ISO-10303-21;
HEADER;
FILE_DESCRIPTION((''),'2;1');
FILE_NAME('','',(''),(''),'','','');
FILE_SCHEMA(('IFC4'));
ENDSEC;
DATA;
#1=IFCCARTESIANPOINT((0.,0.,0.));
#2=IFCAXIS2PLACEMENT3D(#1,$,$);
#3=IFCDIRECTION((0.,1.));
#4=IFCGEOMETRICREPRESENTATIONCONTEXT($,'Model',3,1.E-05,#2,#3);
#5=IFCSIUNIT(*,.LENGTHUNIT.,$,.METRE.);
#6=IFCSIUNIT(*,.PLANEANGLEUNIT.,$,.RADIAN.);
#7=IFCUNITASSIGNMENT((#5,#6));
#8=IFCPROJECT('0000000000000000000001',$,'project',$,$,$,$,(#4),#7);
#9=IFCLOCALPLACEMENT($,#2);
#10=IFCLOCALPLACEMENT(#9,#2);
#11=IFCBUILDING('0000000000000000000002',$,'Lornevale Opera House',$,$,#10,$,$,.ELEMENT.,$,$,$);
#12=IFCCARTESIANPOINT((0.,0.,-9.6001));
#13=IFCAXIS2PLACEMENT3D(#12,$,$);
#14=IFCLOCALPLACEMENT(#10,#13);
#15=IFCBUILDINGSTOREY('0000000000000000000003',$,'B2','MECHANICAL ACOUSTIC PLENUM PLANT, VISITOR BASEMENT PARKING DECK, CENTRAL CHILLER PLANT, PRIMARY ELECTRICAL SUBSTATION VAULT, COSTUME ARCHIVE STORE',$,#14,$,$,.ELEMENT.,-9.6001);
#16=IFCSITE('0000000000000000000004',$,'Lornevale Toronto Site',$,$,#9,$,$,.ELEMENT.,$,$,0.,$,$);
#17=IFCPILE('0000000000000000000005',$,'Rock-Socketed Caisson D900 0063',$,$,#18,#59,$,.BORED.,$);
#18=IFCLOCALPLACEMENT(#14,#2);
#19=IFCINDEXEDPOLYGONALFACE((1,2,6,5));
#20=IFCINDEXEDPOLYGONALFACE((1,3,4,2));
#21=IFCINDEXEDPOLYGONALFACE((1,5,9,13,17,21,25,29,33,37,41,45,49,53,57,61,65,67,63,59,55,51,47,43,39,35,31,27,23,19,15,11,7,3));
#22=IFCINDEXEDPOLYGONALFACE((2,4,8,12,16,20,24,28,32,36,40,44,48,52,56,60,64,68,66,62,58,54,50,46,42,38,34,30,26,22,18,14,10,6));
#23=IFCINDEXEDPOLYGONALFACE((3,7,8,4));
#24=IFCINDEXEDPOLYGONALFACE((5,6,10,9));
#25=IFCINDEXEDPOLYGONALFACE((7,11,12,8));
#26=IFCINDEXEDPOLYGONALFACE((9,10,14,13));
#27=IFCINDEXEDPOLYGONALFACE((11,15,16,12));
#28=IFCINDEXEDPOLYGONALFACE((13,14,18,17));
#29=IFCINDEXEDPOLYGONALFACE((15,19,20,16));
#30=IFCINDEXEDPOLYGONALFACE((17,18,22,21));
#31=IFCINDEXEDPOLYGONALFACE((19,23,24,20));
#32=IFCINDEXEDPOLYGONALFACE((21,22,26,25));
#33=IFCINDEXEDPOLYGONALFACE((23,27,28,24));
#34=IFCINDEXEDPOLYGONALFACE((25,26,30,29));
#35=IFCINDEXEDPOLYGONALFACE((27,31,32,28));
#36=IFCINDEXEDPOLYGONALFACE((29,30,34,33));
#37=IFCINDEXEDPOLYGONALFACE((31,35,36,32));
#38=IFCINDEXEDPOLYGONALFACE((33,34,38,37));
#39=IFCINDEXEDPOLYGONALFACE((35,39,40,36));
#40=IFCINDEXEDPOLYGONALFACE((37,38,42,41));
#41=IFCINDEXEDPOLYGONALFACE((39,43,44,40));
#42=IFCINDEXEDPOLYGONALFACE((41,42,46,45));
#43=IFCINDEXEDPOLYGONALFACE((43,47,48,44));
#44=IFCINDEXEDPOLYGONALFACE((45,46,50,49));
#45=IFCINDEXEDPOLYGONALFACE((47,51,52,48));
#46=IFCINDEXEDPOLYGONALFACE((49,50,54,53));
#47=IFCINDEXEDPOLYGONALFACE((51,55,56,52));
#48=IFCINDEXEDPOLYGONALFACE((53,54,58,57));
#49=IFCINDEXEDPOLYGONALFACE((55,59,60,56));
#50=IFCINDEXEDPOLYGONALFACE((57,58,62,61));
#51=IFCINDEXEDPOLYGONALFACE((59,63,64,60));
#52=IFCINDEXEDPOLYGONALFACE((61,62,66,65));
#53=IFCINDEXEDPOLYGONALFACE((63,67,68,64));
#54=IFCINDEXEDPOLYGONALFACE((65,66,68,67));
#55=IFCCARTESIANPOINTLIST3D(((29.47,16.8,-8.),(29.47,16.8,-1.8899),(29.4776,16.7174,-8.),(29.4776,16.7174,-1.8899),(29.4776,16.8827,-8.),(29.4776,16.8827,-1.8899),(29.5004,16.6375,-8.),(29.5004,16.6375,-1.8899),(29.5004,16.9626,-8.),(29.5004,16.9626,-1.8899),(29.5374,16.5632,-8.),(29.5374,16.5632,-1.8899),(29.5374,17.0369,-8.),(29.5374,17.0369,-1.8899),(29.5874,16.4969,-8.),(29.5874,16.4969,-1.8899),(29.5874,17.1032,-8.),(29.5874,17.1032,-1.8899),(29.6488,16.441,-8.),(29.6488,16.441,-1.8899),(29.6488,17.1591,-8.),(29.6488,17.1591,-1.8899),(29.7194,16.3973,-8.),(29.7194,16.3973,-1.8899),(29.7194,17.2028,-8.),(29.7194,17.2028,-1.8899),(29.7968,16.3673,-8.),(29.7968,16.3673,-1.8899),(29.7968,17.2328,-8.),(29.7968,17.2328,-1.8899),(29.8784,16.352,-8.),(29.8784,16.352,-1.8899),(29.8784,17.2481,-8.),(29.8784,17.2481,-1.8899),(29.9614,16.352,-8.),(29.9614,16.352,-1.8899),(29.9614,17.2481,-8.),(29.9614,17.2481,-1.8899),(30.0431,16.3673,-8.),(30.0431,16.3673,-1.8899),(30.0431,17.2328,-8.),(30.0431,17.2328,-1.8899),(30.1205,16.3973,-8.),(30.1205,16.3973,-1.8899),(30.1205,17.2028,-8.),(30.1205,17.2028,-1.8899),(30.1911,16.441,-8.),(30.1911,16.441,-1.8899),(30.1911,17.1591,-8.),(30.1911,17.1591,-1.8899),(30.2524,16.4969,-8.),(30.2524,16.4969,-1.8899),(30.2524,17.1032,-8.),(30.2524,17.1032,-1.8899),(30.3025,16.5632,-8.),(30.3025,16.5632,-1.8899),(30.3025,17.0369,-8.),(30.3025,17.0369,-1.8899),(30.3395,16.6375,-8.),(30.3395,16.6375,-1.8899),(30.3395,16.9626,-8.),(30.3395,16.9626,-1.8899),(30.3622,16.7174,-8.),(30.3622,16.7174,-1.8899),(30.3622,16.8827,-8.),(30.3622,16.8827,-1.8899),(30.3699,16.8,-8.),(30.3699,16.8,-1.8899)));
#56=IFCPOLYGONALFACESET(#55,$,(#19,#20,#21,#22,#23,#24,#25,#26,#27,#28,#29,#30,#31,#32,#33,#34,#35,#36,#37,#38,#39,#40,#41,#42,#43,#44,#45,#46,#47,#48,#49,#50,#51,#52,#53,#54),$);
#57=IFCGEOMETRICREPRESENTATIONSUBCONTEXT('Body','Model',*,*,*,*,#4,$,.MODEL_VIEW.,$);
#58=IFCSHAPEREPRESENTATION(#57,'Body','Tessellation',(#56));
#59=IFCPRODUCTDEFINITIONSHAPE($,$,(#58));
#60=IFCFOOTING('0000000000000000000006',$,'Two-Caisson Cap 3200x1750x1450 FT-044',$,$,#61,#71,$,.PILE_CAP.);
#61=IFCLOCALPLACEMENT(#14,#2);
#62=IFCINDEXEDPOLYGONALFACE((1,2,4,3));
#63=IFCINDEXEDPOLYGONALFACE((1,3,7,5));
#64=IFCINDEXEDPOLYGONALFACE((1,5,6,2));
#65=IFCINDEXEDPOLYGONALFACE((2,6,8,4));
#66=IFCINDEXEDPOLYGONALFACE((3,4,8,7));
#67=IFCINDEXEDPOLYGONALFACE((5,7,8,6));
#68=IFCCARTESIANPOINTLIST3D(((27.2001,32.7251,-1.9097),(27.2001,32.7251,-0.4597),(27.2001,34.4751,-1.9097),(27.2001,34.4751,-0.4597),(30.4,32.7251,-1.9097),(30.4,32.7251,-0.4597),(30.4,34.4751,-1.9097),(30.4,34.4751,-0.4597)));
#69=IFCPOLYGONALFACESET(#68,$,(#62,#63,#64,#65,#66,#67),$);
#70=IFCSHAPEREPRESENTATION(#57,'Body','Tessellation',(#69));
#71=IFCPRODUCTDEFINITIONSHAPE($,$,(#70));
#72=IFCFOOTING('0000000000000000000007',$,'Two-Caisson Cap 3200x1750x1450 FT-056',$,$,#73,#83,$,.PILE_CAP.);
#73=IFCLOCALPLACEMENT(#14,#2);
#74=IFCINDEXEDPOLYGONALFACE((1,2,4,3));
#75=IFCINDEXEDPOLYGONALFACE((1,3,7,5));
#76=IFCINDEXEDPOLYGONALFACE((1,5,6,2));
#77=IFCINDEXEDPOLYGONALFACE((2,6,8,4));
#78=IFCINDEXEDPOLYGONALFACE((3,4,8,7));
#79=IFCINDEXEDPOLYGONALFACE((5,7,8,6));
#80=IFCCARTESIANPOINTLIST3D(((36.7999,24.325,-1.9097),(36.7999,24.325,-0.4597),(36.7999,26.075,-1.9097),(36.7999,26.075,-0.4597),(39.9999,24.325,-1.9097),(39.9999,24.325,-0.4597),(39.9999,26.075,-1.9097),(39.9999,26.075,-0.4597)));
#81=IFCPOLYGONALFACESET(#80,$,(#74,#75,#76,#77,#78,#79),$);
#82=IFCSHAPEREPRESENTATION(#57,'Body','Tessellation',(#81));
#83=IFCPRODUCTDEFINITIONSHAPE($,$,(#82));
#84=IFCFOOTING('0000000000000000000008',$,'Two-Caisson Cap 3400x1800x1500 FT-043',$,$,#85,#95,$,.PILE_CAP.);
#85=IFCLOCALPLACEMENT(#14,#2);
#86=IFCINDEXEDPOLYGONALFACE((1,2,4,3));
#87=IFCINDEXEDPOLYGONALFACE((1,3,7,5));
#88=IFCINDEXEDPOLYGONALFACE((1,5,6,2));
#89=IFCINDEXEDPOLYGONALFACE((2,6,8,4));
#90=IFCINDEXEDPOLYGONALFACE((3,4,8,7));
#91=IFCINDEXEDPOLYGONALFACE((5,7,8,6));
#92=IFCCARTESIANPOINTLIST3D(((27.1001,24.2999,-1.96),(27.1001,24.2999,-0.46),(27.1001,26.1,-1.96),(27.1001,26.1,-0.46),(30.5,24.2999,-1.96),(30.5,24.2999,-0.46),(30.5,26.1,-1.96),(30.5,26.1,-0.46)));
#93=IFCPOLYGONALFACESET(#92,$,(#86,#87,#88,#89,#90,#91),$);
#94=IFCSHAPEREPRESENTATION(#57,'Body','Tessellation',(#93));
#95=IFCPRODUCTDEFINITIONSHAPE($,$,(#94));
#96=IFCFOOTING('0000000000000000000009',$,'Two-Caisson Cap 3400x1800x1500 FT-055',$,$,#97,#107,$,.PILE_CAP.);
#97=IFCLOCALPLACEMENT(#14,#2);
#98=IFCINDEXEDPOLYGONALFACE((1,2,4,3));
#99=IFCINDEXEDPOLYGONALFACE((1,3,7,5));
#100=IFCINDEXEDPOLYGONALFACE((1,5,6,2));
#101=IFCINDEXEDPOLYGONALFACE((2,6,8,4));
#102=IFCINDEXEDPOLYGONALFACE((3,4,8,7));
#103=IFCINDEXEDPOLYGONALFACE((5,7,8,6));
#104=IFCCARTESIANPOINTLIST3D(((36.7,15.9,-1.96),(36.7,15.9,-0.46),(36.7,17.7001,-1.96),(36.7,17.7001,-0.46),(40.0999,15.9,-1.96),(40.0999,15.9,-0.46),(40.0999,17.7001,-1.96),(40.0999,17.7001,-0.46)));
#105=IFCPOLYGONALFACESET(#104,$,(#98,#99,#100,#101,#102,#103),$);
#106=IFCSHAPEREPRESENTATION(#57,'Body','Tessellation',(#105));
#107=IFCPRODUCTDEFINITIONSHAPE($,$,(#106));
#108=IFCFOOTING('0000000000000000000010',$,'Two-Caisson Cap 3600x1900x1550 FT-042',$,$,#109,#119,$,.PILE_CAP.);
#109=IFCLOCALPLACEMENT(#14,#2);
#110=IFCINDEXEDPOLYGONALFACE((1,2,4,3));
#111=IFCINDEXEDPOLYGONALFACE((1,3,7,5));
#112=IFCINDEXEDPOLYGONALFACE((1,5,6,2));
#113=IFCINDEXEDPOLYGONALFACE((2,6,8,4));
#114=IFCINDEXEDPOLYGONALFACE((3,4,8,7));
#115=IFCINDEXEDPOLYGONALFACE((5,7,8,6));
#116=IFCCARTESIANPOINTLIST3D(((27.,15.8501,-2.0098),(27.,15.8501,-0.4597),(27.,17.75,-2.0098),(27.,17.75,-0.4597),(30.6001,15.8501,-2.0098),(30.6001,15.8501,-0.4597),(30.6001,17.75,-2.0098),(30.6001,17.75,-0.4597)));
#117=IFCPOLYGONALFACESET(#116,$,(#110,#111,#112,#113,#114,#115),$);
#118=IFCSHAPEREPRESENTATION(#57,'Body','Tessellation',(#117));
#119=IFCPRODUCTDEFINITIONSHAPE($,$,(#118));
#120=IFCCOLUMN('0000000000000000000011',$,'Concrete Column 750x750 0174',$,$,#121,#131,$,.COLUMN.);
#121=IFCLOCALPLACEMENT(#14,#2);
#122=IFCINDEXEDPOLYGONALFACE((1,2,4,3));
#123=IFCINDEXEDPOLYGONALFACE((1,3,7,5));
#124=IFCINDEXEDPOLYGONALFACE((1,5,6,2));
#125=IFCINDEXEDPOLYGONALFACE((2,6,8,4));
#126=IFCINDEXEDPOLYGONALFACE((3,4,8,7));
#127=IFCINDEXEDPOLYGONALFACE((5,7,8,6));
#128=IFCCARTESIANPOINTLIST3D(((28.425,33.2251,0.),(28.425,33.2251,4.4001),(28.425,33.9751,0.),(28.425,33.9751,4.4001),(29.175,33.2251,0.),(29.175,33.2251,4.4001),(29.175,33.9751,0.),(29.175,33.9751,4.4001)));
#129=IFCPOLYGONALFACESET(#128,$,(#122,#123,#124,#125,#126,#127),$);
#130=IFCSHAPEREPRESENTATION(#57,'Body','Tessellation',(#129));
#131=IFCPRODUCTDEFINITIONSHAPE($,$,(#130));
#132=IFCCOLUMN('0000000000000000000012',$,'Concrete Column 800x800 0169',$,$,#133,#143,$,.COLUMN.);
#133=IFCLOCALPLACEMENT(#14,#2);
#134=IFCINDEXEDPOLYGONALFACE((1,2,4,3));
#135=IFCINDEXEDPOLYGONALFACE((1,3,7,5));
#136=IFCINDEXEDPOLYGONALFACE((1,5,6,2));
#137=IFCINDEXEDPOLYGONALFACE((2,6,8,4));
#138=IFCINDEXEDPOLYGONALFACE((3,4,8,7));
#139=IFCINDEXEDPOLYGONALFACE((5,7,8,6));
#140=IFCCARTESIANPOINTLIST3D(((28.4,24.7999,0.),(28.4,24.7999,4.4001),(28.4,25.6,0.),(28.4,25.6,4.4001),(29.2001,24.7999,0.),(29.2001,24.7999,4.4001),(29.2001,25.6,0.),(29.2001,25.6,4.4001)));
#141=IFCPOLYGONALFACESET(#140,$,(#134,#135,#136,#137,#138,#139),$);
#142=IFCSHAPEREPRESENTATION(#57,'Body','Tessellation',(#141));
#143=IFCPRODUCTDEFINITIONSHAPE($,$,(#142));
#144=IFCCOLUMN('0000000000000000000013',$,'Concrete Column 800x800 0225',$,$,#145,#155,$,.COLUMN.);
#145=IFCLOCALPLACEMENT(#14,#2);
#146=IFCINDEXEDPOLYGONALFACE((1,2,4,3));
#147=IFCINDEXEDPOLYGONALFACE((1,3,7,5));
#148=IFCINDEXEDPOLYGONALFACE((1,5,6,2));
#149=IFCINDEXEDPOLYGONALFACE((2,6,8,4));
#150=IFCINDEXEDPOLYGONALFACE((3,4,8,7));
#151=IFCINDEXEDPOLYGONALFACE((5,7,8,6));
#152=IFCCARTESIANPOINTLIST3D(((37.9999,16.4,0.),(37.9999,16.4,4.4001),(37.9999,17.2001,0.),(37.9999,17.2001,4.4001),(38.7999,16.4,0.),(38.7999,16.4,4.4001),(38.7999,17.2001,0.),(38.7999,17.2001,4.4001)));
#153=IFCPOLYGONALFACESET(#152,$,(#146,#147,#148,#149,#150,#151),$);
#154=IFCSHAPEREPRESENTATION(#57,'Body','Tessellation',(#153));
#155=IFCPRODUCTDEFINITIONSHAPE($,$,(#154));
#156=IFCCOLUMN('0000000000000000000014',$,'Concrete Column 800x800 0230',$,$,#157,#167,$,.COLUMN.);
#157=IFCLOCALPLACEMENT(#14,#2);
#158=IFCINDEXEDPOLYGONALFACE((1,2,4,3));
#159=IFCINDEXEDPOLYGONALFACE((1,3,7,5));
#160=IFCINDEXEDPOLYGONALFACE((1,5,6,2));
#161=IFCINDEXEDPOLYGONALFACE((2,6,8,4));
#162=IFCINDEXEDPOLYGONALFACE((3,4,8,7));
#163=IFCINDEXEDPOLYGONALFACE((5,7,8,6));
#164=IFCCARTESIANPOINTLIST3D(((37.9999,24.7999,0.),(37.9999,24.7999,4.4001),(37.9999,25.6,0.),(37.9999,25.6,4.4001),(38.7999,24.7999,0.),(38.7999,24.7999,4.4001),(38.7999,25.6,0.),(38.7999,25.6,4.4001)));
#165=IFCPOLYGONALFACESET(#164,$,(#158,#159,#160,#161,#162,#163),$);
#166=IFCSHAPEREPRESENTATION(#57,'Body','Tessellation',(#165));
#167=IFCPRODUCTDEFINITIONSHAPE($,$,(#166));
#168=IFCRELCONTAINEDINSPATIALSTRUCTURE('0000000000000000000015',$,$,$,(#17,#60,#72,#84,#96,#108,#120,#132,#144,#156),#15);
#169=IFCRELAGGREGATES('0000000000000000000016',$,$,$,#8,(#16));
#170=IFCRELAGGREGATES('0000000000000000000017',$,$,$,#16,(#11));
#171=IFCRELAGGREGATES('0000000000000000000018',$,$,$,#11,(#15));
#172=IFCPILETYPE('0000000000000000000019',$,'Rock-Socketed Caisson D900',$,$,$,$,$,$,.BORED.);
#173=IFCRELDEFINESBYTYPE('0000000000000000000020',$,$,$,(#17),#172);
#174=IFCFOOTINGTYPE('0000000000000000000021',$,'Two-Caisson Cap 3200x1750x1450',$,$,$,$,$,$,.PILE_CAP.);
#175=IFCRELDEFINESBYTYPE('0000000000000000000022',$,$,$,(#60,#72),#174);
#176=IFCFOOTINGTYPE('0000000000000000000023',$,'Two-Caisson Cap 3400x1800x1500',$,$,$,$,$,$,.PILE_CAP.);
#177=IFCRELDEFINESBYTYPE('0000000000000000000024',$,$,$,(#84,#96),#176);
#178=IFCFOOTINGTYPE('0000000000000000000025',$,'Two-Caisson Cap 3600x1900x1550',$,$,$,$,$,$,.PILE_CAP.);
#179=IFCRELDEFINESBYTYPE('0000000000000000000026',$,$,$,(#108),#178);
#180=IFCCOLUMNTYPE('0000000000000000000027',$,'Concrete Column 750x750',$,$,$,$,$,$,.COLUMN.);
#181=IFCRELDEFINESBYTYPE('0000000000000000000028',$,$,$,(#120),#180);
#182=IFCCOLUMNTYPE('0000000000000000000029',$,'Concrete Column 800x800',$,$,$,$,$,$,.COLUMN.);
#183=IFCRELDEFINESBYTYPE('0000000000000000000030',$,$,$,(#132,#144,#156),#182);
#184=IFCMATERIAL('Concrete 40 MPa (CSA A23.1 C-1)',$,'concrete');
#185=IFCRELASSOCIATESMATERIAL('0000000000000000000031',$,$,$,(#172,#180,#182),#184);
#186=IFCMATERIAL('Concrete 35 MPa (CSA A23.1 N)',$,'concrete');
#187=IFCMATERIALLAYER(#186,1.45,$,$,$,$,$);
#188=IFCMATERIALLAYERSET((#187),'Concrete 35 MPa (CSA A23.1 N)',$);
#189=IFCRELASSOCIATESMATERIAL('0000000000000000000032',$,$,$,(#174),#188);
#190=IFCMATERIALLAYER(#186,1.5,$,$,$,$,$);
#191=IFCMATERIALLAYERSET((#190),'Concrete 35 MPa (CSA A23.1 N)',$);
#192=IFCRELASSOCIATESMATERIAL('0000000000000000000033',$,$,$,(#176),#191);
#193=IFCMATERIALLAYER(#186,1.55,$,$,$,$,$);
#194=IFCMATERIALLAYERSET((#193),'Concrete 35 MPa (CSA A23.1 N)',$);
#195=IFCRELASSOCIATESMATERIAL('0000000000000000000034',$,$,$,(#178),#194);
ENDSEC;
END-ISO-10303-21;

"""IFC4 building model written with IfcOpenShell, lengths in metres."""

from ifc_helpers import new_model, si_unit, direction, frame, origin, origin_2d, place, context, subcontext, project, spatial, rectangle, circle, extrude, material, layer, layer_set, material_profile, profile_set, type_object, element, save


model = new_model("IFC4")

# Units and contexts
model_context = context("Model", 3, precision=1e-05, world=origin(), true_north=direction((0.0, 1.0)))
body_context = subcontext(model_context, "Body", "Model", "MODEL_VIEW")
ifc_project = project(units=[si_unit("LENGTHUNIT", "METRE"), si_unit("PLANEANGLEUNIT", "RADIAN")], contexts=[model_context])

# Site, building, storey
site_placement = place(None, origin())
site = spatial("IfcSite", under=ifc_project, at=site_placement, Name="Lornevale Toronto Site", CompositionType="ELEMENT", RefElevation=0.0)
building_placement = place(site_placement, origin())
building = spatial("IfcBuilding", under=site, at=building_placement, Name="Lornevale Opera House", CompositionType="ELEMENT")
storey_placement = place(building_placement, frame((0.0, 0.0, -9.6001)))
storey = spatial("IfcBuildingStorey", under=building, at=storey_placement, Name="B2", Description="MECHANICAL ACOUSTIC PLENUM PLANT, VISITOR BASEMENT PARKING DECK, CENTRAL CHILLER PLANT, PRIMARY ELECTRICAL SUBSTATION VAULT, COSTUME ARCHIVE STORE", CompositionType="ELEMENT", Elevation=-9.6001)

# Shared definitions
ifc_material_1 = material(Name="Concrete 35 MPa (CSA A23.1 N)", Category="concrete")

# Pile
ifc_material_2 = material(Name="Concrete 40 MPa (CSA A23.1 C-1)", Category="concrete")
ifc_material_profile_1 = material_profile(ifc_material_2, circle(Radius=0.45, at=origin_2d()), Name="CAIS900")
ifc_profile_set_1 = profile_set([ifc_material_profile_1], Name="Concrete 40 MPa (CSA A23.1 C-1)")
pile_type_1 = type_object("IfcPileType", Name="Rock-Socketed Caisson D900", PredefinedType="BORED", material=ifc_profile_set_1)
pile_placement = place(storey_placement, frame((29.9199, 16.8, -1.8899), z_axis=(0.0, 0.0, -1.0), x_axis=(1.0, 0.0, 0.0)))
element("IfcPile", 1, at=pile_placement, inside=storey, type_object=pile_type_1, Name="Rock-Socketed Caisson D900 0063", PredefinedType="BORED", context=body_context, shape_type="SweptSolid", body=[
    extrude(circle(Radius=0.45, at=origin_2d()), origin(), (0.0, 0.0, 1.0), 6.1101),
])

# Footings
ifc_layer_1 = layer(ifc_material_1, 1.45)
ifc_layer_set_1 = layer_set([ifc_layer_1], Name="Concrete 35 MPa (CSA A23.1 N)")
footing_type_1 = type_object("IfcFootingType", Name="Two-Caisson Cap 3200x1750x1450", PredefinedType="PILE_CAP", material=ifc_layer_set_1)
for number, where, z_axis, x_axis, name in (
    (2, (28.8, 33.6001, -1.9097), (0.0, 0.0, 1.0), (1.0, 0.0, 0.0), "Two-Caisson Cap 3200x1750x1450 FT-044"),
    (3, (38.3999, 25.2, -1.9097), (0.0, 0.0, 1.0), (1.0, 0.0, 0.0), "Two-Caisson Cap 3200x1750x1450 FT-056"),
):
    element("IfcFooting", number, at=place(storey_placement, frame(where, z_axis=z_axis, x_axis=x_axis)), inside=storey, type_object=footing_type_1, Name=name, PredefinedType="PILE_CAP", context=body_context, shape_type="SweptSolid", body=[
        extrude(rectangle(XDim=3.2, YDim=1.75, at=origin_2d()), origin(), (0.0, 0.0, 1.0), 1.45),
    ])
ifc_layer_2 = layer(ifc_material_1, 1.5)
ifc_layer_set_2 = layer_set([ifc_layer_2], Name="Concrete 35 MPa (CSA A23.1 N)")
footing_type_2 = type_object("IfcFootingType", Name="Two-Caisson Cap 3400x1800x1500", PredefinedType="PILE_CAP", material=ifc_layer_set_2)
for number, where, z_axis, x_axis, name in (
    (4, (28.8, 25.2, -1.96), (0.0, 0.0, 1.0), (1.0, 0.0, 0.0), "Two-Caisson Cap 3400x1800x1500 FT-043"),
    (5, (38.3999, 16.8, -1.96), (0.0, 0.0, 1.0), (1.0, 0.0, 0.0), "Two-Caisson Cap 3400x1800x1500 FT-055"),
):
    element("IfcFooting", number, at=place(storey_placement, frame(where, z_axis=z_axis, x_axis=x_axis)), inside=storey, type_object=footing_type_2, Name=name, PredefinedType="PILE_CAP", context=body_context, shape_type="SweptSolid", body=[
        extrude(rectangle(XDim=3.3999, YDim=1.8, at=origin_2d()), origin(), (0.0, 0.0, 1.0), 1.5),
    ])
ifc_layer_3 = layer(ifc_material_1, 1.55)
ifc_layer_set_3 = layer_set([ifc_layer_3], Name="Concrete 35 MPa (CSA A23.1 N)")
footing_type_3 = type_object("IfcFootingType", Name="Two-Caisson Cap 3600x1900x1550", PredefinedType="PILE_CAP", material=ifc_layer_set_3)
footing_1_placement = place(storey_placement, frame((28.8, 16.8, -2.0098), z_axis=(0.0, 0.0, 1.0), x_axis=(1.0, 0.0, 0.0)))
element("IfcFooting", 6, at=footing_1_placement, inside=storey, type_object=footing_type_3, Name="Two-Caisson Cap 3600x1900x1550 FT-042", PredefinedType="PILE_CAP", context=body_context, shape_type="SweptSolid", body=[
    extrude(rectangle(XDim=3.6001, YDim=1.8999, at=origin_2d()), origin(), (0.0, 0.0, 1.0), 1.55),
])

# Columns
ifc_material_profile_2 = material_profile(ifc_material_2, rectangle(XDim=0.75, YDim=0.75, at=origin_2d()), Name="RC750x750")
ifc_profile_set_2 = profile_set([ifc_material_profile_2], Name="Concrete 40 MPa (CSA A23.1 C-1)")
column_type_1 = type_object("IfcColumnType", Name="Concrete Column 750x750", PredefinedType="COLUMN", material=ifc_profile_set_2)
column_placement = place(storey_placement, frame((28.8, 33.6001, 0.0), z_axis=(0.0, 0.0, 1.0), x_axis=(1.0, 0.0, 0.0)))
element("IfcColumn", 7, at=column_placement, inside=storey, type_object=column_type_1, Name="Concrete Column 750x750 0174", PredefinedType="COLUMN", context=body_context, shape_type="SweptSolid", body=[
    extrude(rectangle(XDim=0.75, YDim=0.75, at=origin_2d()), origin(), (0.0, 0.0, 1.0), 4.4001),
])
ifc_material_profile_3 = material_profile(ifc_material_2, rectangle(XDim=0.8, YDim=0.8, at=origin_2d()), Name="RC800x800")
ifc_profile_set_3 = profile_set([ifc_material_profile_3], Name="Concrete 40 MPa (CSA A23.1 C-1)")
column_type_2 = type_object("IfcColumnType", Name="Concrete Column 800x800", PredefinedType="COLUMN", material=ifc_profile_set_3)
for number, where, z_axis, x_axis, name in (
    (8, (28.8, 25.2, 0.0), (0.0, 0.0, 1.0), (1.0, 0.0, 0.0), "Concrete Column 800x800 0169"),
    (9, (38.3999, 16.8, 0.0), (0.0, 0.0, 1.0), (1.0, 0.0, 0.0), "Concrete Column 800x800 0225"),
    (10, (38.3999, 25.2, 0.0), (0.0, 0.0, 1.0), (1.0, 0.0, 0.0), "Concrete Column 800x800 0230"),
):
    element("IfcColumn", number, at=place(storey_placement, frame(where, z_axis=z_axis, x_axis=x_axis)), inside=storey, type_object=column_type_2, Name=name, PredefinedType="COLUMN", context=body_context, shape_type="SweptSolid", body=[
        extrude(rectangle(XDim=0.8, YDim=0.8, at=origin_2d()), origin(), (0.0, 0.0, 1.0), 4.4001),
    ])

save(model, "model.ifc")
